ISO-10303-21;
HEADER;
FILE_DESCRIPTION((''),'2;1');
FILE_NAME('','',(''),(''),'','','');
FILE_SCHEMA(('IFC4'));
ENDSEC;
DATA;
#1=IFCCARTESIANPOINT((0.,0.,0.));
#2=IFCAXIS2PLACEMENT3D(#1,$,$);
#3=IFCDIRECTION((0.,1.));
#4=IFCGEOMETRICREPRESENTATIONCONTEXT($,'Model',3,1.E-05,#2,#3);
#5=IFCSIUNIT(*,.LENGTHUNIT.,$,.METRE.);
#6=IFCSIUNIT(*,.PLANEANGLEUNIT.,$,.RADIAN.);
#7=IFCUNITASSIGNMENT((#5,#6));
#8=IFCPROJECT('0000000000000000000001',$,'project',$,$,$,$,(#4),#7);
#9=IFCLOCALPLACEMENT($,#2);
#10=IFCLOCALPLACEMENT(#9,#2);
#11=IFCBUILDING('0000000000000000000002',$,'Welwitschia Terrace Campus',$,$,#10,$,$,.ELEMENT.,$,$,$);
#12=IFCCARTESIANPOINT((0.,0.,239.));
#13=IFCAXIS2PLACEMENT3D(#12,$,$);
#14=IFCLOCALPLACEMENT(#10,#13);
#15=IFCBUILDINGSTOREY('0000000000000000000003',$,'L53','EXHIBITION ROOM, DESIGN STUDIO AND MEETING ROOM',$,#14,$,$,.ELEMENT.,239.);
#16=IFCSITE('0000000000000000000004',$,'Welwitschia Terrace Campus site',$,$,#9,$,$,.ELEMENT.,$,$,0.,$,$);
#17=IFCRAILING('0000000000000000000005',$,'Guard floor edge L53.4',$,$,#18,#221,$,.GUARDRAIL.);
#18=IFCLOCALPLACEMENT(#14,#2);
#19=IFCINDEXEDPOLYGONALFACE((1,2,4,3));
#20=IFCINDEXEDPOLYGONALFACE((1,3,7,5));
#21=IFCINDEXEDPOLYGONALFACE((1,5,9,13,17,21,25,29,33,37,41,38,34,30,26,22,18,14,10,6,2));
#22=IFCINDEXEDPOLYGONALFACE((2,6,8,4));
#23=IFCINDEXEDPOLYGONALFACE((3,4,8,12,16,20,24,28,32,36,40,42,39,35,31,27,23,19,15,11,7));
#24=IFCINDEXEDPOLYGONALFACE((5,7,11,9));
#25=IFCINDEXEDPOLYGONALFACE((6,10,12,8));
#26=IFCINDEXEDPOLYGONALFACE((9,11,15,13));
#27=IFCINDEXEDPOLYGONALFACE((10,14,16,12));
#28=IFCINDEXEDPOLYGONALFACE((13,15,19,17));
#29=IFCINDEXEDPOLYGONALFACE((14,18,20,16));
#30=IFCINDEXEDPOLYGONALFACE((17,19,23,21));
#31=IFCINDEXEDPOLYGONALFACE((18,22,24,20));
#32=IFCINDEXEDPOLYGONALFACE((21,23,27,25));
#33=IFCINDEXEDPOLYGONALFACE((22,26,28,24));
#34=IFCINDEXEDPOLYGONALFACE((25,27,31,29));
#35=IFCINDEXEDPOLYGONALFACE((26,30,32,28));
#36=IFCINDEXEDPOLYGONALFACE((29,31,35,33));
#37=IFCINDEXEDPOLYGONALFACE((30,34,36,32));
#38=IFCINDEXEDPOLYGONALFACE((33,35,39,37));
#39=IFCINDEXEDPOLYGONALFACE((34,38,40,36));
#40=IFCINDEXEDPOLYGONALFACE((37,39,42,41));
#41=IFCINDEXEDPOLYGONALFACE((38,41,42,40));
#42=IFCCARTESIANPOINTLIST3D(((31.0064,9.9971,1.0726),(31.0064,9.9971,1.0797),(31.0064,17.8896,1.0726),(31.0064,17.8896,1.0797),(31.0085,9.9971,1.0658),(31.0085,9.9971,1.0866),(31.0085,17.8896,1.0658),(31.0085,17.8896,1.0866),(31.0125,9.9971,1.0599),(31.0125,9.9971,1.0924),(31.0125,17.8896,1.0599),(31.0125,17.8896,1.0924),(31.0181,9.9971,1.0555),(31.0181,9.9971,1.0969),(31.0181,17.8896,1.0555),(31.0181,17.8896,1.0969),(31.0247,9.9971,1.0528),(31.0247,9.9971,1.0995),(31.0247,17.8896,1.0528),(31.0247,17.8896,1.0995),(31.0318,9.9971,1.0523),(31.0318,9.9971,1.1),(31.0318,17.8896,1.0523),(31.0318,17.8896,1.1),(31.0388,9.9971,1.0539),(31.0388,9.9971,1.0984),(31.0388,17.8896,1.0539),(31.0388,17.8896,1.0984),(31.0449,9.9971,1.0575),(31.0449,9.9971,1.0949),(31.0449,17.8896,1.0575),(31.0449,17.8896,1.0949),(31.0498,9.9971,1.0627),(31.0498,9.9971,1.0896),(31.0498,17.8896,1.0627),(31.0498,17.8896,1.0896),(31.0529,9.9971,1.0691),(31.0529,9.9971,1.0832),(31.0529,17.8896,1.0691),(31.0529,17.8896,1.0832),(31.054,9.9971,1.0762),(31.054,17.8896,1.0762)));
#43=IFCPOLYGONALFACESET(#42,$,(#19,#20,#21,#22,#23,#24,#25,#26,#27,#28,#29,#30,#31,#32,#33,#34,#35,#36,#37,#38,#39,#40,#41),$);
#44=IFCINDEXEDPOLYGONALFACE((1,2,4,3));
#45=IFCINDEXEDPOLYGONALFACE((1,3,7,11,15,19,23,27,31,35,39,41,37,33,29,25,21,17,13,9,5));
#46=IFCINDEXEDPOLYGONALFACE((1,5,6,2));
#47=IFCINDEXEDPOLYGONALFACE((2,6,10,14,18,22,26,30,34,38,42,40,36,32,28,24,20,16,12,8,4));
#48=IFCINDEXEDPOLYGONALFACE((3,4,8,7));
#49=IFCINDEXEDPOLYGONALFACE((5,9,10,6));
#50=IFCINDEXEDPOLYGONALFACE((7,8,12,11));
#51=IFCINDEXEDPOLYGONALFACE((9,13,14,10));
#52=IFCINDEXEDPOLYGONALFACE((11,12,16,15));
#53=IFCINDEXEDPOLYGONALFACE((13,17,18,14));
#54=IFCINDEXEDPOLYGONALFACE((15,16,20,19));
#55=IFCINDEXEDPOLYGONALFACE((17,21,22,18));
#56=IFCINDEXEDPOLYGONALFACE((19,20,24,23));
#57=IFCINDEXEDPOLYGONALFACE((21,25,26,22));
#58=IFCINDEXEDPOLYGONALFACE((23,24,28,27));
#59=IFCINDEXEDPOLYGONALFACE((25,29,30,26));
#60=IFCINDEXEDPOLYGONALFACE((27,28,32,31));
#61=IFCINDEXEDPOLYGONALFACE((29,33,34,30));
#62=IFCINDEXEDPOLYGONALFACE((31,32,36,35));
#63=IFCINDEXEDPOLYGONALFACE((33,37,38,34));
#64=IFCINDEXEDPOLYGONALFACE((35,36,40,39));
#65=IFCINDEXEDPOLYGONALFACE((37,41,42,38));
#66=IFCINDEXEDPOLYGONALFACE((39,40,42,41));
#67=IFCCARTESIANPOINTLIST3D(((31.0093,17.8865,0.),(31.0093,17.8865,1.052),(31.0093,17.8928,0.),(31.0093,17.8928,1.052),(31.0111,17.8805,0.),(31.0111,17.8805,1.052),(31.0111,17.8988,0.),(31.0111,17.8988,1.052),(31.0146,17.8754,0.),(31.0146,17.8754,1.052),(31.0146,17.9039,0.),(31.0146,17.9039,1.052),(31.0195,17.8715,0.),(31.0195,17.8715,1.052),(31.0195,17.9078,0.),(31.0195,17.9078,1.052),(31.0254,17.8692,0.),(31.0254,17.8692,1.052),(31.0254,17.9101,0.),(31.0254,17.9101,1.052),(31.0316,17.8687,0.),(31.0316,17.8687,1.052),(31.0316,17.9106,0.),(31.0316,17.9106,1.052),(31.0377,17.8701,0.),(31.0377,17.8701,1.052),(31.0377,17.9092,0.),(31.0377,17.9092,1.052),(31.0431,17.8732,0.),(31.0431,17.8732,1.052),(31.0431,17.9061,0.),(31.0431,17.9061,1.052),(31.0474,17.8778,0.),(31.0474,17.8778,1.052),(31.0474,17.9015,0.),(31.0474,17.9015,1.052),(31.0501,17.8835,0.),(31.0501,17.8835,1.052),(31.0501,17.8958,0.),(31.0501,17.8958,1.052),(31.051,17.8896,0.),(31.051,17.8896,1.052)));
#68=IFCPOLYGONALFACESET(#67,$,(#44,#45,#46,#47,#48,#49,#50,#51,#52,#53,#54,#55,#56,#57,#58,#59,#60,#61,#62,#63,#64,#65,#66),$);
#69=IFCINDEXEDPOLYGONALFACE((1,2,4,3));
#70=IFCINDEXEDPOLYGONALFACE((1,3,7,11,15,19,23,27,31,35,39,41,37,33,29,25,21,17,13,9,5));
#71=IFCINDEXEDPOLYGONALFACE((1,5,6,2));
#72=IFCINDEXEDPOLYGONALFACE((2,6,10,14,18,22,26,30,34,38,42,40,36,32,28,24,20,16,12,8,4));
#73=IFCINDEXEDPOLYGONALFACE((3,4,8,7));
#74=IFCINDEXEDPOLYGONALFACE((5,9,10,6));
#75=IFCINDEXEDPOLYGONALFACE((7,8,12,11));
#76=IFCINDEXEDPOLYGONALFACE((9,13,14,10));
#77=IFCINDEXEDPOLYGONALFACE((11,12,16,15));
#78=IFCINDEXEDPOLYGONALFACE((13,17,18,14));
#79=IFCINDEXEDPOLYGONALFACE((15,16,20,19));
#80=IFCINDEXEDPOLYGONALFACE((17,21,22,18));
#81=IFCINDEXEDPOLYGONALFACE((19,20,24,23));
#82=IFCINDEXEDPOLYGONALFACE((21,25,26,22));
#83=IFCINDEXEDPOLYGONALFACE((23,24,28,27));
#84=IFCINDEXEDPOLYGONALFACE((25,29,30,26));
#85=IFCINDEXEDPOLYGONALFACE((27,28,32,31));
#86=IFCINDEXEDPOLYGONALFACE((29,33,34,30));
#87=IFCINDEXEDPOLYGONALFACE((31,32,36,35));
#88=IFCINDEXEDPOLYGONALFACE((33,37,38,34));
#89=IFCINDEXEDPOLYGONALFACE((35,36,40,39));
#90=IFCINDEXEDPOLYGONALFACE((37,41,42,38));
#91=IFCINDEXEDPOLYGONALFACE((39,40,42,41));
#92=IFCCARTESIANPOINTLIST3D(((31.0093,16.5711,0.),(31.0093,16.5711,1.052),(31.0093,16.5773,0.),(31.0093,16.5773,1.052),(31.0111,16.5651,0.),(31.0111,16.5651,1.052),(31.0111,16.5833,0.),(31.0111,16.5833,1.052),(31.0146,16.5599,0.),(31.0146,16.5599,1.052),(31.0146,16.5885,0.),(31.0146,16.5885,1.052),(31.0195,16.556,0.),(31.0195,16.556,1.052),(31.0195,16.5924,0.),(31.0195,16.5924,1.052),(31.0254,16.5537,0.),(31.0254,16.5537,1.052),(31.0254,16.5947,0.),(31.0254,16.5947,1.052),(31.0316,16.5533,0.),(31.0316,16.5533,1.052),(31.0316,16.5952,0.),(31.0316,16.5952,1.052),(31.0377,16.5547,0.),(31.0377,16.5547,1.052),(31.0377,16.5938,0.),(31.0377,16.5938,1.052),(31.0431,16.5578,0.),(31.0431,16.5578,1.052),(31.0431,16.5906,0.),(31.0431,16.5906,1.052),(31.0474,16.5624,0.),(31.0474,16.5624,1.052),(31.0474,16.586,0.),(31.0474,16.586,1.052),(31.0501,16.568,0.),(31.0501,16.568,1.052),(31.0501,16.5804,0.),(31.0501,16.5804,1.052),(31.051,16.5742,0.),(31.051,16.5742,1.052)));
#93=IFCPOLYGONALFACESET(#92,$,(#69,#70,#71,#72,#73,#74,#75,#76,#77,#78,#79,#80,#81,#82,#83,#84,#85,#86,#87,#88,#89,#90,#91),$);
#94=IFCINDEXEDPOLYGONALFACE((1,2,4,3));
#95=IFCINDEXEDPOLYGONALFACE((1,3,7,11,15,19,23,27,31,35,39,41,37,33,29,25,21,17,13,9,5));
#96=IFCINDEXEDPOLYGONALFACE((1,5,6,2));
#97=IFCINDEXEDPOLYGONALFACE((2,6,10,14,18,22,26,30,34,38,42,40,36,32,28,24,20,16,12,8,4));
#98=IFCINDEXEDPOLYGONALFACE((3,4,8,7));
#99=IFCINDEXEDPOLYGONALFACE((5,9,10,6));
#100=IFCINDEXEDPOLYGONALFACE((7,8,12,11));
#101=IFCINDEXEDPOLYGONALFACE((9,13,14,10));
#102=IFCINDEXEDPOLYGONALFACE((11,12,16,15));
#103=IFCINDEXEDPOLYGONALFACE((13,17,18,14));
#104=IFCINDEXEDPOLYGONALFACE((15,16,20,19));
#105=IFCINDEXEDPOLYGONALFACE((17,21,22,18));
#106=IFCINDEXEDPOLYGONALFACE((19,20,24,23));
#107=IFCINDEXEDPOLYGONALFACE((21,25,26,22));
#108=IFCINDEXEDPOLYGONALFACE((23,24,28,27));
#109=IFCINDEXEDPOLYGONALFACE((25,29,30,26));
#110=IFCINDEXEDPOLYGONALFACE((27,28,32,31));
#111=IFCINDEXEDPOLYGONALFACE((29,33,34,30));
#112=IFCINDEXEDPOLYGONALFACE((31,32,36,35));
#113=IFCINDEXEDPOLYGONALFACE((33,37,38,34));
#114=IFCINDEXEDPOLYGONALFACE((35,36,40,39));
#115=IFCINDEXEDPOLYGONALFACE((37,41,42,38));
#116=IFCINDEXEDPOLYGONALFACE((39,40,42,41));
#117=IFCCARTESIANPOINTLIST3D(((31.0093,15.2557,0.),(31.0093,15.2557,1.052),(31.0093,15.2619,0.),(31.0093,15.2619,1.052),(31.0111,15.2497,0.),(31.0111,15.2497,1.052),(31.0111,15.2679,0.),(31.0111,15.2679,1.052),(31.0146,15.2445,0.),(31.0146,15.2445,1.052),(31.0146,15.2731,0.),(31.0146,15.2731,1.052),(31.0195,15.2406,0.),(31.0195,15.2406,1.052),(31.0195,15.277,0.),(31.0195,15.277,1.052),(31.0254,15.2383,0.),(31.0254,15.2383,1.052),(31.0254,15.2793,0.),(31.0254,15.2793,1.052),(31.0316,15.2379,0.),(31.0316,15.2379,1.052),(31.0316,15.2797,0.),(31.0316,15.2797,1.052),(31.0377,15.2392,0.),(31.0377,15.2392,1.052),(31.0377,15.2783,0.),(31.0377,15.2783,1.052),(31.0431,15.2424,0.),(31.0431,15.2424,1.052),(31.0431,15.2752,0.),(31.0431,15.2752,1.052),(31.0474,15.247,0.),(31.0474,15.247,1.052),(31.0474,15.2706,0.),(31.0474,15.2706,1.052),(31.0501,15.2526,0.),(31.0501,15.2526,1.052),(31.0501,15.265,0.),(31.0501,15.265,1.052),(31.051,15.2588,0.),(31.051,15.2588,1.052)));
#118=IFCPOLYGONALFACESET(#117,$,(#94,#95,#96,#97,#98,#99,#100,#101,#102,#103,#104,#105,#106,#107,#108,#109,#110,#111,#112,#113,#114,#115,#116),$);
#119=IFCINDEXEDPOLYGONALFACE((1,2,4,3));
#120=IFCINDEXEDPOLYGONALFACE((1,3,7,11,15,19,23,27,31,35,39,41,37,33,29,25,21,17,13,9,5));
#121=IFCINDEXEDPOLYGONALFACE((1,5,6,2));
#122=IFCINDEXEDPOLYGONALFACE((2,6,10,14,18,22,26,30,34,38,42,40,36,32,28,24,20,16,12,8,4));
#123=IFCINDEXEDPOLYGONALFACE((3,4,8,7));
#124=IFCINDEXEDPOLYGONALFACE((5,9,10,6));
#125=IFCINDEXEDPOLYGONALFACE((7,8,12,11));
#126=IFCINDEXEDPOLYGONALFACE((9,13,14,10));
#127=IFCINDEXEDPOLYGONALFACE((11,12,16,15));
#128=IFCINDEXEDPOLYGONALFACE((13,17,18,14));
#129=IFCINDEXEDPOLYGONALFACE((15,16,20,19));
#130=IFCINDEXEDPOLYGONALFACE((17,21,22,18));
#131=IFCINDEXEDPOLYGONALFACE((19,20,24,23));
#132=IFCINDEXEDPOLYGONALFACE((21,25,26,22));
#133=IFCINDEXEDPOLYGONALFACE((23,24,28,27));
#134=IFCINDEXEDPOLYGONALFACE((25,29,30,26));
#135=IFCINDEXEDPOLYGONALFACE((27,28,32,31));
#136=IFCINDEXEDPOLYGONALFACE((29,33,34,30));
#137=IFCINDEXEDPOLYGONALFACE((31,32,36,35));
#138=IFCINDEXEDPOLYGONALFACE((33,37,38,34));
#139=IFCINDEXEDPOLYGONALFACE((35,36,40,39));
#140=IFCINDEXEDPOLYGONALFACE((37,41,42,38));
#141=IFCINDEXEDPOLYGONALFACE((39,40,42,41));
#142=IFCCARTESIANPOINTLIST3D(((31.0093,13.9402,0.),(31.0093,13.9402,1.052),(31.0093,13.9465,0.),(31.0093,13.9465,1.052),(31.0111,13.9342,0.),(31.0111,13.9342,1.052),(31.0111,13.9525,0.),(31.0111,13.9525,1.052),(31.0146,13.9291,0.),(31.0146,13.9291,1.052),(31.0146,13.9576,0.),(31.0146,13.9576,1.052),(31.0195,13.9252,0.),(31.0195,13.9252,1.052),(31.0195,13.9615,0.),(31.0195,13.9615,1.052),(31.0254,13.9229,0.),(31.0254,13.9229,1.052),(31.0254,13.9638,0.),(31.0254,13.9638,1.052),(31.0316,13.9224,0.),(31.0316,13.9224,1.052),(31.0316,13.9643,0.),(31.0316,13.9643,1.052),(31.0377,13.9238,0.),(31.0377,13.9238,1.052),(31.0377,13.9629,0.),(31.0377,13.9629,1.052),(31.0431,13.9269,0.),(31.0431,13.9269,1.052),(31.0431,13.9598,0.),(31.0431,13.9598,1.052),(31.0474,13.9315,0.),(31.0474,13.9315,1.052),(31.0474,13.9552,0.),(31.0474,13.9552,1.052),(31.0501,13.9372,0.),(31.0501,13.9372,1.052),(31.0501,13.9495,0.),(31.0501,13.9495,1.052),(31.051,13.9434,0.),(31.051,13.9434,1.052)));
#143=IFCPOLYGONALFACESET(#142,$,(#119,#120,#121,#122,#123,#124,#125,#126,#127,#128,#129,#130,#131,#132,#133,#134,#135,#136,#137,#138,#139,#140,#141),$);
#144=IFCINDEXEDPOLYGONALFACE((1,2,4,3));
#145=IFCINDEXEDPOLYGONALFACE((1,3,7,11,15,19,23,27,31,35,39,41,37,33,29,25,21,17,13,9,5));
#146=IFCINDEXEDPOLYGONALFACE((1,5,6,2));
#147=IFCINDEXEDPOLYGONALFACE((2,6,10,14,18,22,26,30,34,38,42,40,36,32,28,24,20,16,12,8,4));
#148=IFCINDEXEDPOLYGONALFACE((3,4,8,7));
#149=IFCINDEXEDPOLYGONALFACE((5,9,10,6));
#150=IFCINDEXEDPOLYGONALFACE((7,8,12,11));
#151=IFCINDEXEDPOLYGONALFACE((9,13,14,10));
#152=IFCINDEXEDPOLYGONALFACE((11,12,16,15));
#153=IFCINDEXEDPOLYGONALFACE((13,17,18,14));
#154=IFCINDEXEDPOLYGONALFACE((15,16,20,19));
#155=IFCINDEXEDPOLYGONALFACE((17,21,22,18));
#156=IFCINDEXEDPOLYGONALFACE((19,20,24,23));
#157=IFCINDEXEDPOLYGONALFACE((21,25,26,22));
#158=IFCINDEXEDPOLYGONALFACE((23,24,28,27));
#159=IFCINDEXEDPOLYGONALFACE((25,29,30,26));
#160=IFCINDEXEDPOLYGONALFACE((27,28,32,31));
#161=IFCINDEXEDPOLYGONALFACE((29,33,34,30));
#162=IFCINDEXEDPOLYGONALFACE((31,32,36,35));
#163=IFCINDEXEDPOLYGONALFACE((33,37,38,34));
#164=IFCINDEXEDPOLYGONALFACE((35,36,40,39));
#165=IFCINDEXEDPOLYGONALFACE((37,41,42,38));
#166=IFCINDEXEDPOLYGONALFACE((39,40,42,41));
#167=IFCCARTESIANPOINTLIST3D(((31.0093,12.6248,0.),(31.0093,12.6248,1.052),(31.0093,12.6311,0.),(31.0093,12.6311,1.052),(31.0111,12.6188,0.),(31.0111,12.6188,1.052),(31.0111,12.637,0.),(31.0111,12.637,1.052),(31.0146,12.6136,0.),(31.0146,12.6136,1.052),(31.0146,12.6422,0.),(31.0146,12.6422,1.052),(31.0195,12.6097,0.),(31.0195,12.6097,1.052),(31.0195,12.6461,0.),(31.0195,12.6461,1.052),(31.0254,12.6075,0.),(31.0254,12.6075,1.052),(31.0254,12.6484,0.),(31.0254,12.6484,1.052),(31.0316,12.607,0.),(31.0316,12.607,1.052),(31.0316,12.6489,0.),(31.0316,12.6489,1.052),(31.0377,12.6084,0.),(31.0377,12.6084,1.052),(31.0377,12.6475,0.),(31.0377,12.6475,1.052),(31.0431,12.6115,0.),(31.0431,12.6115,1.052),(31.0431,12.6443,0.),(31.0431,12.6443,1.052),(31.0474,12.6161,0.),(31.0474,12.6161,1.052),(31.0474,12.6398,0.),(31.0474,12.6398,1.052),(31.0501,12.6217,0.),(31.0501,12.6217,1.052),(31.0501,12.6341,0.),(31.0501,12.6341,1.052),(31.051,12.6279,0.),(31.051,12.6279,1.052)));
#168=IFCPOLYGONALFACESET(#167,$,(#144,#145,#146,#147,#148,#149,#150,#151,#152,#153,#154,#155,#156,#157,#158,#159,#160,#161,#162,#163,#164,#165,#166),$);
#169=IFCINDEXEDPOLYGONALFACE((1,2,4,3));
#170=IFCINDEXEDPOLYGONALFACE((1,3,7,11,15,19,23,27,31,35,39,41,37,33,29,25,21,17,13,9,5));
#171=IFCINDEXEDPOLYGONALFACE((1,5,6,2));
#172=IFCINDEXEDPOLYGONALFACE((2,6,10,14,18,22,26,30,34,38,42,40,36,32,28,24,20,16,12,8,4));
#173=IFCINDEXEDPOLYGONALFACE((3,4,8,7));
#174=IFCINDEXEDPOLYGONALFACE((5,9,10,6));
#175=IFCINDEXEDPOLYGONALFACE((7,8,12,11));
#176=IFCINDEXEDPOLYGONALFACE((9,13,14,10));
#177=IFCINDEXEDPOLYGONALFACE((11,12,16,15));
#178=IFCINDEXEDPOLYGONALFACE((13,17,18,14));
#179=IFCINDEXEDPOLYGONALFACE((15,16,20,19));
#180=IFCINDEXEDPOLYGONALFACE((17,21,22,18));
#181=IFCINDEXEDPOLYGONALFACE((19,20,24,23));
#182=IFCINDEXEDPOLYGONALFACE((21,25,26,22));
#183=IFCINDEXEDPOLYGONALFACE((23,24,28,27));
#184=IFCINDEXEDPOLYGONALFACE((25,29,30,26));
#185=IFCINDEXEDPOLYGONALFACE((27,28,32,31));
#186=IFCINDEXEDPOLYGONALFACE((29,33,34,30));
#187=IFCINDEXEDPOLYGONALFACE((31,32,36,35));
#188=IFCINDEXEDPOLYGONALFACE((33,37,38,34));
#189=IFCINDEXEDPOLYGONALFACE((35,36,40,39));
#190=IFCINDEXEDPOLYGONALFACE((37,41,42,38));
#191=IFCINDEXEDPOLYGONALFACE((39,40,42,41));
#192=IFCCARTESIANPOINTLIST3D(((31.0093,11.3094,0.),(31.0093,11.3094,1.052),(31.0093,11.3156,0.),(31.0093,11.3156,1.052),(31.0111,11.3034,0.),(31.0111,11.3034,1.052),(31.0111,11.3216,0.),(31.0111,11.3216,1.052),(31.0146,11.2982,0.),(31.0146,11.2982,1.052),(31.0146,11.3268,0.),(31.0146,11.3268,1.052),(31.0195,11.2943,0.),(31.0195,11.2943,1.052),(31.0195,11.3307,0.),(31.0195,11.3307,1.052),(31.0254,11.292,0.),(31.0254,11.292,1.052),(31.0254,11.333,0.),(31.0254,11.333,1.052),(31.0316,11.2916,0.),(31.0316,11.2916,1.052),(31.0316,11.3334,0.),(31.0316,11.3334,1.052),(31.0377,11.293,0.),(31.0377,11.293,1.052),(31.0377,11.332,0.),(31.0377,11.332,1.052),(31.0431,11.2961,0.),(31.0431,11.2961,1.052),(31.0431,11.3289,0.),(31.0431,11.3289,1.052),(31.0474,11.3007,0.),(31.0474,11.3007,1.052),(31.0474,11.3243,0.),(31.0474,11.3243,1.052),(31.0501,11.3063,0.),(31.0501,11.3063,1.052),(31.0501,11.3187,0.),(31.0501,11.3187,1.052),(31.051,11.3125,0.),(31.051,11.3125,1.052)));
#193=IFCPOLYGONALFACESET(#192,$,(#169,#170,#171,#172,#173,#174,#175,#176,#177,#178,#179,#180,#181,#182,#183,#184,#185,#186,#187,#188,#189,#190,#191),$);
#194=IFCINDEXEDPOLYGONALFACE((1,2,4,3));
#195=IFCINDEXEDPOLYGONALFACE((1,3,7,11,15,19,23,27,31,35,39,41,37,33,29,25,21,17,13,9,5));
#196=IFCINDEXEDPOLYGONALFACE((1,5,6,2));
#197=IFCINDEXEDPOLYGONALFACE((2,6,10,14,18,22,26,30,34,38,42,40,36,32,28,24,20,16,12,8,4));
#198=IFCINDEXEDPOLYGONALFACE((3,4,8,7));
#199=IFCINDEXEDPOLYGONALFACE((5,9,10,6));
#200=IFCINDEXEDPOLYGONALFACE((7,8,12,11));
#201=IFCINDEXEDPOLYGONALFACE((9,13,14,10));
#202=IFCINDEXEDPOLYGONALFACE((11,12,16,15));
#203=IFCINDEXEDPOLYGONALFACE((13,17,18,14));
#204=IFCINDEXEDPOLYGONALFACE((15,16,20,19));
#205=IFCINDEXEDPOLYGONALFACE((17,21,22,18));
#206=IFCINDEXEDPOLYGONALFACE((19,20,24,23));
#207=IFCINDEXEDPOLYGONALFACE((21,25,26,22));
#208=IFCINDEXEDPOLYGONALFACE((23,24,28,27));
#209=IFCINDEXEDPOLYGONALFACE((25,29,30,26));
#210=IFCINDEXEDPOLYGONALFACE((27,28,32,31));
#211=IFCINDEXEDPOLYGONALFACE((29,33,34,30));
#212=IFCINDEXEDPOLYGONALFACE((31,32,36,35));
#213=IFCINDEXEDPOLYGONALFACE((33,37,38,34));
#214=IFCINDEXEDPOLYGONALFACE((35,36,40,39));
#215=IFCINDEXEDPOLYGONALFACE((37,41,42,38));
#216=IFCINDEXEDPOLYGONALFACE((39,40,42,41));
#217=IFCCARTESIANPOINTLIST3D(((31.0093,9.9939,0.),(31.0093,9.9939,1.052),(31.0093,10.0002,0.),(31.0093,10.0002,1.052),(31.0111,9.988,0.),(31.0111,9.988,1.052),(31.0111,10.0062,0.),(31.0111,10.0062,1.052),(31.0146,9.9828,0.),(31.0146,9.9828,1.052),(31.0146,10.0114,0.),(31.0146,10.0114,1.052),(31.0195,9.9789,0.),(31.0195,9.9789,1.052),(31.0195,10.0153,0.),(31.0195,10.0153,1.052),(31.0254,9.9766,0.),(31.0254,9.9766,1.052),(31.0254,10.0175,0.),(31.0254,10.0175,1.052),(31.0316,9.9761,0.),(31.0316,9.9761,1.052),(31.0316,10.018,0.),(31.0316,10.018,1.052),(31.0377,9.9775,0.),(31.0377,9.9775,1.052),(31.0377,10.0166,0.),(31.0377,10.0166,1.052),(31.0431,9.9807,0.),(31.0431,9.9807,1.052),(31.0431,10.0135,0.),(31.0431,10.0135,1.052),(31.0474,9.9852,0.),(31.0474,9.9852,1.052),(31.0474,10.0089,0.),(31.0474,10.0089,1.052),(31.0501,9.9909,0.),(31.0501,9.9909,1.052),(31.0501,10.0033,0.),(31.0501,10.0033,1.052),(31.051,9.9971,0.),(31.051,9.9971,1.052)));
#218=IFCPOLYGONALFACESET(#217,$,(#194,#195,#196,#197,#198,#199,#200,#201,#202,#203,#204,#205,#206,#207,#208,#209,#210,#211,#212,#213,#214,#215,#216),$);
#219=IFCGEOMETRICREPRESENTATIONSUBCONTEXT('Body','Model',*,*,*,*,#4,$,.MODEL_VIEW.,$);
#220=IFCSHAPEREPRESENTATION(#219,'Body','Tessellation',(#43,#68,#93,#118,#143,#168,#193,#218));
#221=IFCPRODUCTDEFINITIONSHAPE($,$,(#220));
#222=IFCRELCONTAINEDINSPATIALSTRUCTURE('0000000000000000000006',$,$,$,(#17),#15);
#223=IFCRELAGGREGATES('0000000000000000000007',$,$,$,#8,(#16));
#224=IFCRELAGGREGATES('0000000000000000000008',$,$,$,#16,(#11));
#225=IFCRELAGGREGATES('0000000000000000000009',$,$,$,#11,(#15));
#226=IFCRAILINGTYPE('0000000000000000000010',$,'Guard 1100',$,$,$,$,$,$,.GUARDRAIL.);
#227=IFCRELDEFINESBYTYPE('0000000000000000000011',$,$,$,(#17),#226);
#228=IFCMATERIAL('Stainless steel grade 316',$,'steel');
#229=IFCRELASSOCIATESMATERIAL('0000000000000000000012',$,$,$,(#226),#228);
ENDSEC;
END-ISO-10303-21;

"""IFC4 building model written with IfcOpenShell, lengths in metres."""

from ifc_helpers import new_model, si_unit, direction, frame, origin, origin_2d, place, context, subcontext, project, spatial, circle, extrude, material, type_object, element, save


model = new_model("IFC4")

# Units and contexts
model_context = context("Model", 3, precision=1e-05, world=origin(), true_north=direction((0.0, 1.0)))
body_context = subcontext(model_context, "Body", "Model", "MODEL_VIEW")
ifc_project = project(units=[si_unit("LENGTHUNIT", "METRE"), si_unit("PLANEANGLEUNIT", "RADIAN")], contexts=[model_context])

# Site, building, storey
site_placement = place(None, origin())
site = spatial("IfcSite", under=ifc_project, at=site_placement, Name="Welwitschia Terrace Campus site", CompositionType="ELEMENT", RefElevation=0.0)
building_placement = place(site_placement, origin())
building = spatial("IfcBuilding", under=site, at=building_placement, Name="Welwitschia Terrace Campus", CompositionType="ELEMENT")
storey_placement = place(building_placement, frame((0.0, 0.0, 239.0)))
storey = spatial("IfcBuildingStorey", under=building, at=storey_placement, Name="L53", Description="EXHIBITION ROOM, DESIGN STUDIO AND MEETING ROOM", CompositionType="ELEMENT", Elevation=239.0)

# Railing
ifc_material_1 = material(Name="Stainless steel grade 316", Category="steel")
railing_type = type_object("IfcRailingType", Name="Guard 1100", PredefinedType="GUARDRAIL", material=ifc_material_1)
railing_1_placement = place(storey_placement, frame((31.03, 17.8896, 0.0)))
element("IfcRailing", 1, at=railing_1_placement, inside=storey, type_object=railing_type, Name="Guard floor edge L53.4", PredefinedType="GUARDRAIL", context=body_context, shape_type="SweptSolid", body=[
    extrude(circle(Radius=0.0239, at=origin_2d()), frame((0.0, 0.0, 1.0762), z_axis=(0.0, -1.0, 0.0), x_axis=(1.0, 0.0, 0.0)), (0.0, 0.0, 1.0), 7.8926),
    extrude(circle(Radius=0.021, at=origin_2d()), origin(), (0.0, 0.0, 1.0), 1.052),
    extrude(circle(Radius=0.021, at=origin_2d()), frame((0.0, -1.3154, 0.0)), (0.0, 0.0, 1.0), 1.052),
    extrude(circle(Radius=0.021, at=origin_2d()), frame((0.0, -2.6309, 0.0)), (0.0, 0.0, 1.0), 1.052),
    extrude(circle(Radius=0.021, at=origin_2d()), frame((0.0, -3.9463, 0.0)), (0.0, 0.0, 1.0), 1.052),
    extrude(circle(Radius=0.021, at=origin_2d()), frame((0.0, -5.2617, 0.0)), (0.0, 0.0, 1.0), 1.052),
    extrude(circle(Radius=0.021, at=origin_2d()), frame((0.0, -6.5771, 0.0)), (0.0, 0.0, 1.0), 1.052),
    extrude(circle(Radius=0.021, at=origin_2d()), frame((0.0, -7.8926, 0.0)), (0.0, 0.0, 1.0), 1.052),
])

save(model, "model.ifc")
